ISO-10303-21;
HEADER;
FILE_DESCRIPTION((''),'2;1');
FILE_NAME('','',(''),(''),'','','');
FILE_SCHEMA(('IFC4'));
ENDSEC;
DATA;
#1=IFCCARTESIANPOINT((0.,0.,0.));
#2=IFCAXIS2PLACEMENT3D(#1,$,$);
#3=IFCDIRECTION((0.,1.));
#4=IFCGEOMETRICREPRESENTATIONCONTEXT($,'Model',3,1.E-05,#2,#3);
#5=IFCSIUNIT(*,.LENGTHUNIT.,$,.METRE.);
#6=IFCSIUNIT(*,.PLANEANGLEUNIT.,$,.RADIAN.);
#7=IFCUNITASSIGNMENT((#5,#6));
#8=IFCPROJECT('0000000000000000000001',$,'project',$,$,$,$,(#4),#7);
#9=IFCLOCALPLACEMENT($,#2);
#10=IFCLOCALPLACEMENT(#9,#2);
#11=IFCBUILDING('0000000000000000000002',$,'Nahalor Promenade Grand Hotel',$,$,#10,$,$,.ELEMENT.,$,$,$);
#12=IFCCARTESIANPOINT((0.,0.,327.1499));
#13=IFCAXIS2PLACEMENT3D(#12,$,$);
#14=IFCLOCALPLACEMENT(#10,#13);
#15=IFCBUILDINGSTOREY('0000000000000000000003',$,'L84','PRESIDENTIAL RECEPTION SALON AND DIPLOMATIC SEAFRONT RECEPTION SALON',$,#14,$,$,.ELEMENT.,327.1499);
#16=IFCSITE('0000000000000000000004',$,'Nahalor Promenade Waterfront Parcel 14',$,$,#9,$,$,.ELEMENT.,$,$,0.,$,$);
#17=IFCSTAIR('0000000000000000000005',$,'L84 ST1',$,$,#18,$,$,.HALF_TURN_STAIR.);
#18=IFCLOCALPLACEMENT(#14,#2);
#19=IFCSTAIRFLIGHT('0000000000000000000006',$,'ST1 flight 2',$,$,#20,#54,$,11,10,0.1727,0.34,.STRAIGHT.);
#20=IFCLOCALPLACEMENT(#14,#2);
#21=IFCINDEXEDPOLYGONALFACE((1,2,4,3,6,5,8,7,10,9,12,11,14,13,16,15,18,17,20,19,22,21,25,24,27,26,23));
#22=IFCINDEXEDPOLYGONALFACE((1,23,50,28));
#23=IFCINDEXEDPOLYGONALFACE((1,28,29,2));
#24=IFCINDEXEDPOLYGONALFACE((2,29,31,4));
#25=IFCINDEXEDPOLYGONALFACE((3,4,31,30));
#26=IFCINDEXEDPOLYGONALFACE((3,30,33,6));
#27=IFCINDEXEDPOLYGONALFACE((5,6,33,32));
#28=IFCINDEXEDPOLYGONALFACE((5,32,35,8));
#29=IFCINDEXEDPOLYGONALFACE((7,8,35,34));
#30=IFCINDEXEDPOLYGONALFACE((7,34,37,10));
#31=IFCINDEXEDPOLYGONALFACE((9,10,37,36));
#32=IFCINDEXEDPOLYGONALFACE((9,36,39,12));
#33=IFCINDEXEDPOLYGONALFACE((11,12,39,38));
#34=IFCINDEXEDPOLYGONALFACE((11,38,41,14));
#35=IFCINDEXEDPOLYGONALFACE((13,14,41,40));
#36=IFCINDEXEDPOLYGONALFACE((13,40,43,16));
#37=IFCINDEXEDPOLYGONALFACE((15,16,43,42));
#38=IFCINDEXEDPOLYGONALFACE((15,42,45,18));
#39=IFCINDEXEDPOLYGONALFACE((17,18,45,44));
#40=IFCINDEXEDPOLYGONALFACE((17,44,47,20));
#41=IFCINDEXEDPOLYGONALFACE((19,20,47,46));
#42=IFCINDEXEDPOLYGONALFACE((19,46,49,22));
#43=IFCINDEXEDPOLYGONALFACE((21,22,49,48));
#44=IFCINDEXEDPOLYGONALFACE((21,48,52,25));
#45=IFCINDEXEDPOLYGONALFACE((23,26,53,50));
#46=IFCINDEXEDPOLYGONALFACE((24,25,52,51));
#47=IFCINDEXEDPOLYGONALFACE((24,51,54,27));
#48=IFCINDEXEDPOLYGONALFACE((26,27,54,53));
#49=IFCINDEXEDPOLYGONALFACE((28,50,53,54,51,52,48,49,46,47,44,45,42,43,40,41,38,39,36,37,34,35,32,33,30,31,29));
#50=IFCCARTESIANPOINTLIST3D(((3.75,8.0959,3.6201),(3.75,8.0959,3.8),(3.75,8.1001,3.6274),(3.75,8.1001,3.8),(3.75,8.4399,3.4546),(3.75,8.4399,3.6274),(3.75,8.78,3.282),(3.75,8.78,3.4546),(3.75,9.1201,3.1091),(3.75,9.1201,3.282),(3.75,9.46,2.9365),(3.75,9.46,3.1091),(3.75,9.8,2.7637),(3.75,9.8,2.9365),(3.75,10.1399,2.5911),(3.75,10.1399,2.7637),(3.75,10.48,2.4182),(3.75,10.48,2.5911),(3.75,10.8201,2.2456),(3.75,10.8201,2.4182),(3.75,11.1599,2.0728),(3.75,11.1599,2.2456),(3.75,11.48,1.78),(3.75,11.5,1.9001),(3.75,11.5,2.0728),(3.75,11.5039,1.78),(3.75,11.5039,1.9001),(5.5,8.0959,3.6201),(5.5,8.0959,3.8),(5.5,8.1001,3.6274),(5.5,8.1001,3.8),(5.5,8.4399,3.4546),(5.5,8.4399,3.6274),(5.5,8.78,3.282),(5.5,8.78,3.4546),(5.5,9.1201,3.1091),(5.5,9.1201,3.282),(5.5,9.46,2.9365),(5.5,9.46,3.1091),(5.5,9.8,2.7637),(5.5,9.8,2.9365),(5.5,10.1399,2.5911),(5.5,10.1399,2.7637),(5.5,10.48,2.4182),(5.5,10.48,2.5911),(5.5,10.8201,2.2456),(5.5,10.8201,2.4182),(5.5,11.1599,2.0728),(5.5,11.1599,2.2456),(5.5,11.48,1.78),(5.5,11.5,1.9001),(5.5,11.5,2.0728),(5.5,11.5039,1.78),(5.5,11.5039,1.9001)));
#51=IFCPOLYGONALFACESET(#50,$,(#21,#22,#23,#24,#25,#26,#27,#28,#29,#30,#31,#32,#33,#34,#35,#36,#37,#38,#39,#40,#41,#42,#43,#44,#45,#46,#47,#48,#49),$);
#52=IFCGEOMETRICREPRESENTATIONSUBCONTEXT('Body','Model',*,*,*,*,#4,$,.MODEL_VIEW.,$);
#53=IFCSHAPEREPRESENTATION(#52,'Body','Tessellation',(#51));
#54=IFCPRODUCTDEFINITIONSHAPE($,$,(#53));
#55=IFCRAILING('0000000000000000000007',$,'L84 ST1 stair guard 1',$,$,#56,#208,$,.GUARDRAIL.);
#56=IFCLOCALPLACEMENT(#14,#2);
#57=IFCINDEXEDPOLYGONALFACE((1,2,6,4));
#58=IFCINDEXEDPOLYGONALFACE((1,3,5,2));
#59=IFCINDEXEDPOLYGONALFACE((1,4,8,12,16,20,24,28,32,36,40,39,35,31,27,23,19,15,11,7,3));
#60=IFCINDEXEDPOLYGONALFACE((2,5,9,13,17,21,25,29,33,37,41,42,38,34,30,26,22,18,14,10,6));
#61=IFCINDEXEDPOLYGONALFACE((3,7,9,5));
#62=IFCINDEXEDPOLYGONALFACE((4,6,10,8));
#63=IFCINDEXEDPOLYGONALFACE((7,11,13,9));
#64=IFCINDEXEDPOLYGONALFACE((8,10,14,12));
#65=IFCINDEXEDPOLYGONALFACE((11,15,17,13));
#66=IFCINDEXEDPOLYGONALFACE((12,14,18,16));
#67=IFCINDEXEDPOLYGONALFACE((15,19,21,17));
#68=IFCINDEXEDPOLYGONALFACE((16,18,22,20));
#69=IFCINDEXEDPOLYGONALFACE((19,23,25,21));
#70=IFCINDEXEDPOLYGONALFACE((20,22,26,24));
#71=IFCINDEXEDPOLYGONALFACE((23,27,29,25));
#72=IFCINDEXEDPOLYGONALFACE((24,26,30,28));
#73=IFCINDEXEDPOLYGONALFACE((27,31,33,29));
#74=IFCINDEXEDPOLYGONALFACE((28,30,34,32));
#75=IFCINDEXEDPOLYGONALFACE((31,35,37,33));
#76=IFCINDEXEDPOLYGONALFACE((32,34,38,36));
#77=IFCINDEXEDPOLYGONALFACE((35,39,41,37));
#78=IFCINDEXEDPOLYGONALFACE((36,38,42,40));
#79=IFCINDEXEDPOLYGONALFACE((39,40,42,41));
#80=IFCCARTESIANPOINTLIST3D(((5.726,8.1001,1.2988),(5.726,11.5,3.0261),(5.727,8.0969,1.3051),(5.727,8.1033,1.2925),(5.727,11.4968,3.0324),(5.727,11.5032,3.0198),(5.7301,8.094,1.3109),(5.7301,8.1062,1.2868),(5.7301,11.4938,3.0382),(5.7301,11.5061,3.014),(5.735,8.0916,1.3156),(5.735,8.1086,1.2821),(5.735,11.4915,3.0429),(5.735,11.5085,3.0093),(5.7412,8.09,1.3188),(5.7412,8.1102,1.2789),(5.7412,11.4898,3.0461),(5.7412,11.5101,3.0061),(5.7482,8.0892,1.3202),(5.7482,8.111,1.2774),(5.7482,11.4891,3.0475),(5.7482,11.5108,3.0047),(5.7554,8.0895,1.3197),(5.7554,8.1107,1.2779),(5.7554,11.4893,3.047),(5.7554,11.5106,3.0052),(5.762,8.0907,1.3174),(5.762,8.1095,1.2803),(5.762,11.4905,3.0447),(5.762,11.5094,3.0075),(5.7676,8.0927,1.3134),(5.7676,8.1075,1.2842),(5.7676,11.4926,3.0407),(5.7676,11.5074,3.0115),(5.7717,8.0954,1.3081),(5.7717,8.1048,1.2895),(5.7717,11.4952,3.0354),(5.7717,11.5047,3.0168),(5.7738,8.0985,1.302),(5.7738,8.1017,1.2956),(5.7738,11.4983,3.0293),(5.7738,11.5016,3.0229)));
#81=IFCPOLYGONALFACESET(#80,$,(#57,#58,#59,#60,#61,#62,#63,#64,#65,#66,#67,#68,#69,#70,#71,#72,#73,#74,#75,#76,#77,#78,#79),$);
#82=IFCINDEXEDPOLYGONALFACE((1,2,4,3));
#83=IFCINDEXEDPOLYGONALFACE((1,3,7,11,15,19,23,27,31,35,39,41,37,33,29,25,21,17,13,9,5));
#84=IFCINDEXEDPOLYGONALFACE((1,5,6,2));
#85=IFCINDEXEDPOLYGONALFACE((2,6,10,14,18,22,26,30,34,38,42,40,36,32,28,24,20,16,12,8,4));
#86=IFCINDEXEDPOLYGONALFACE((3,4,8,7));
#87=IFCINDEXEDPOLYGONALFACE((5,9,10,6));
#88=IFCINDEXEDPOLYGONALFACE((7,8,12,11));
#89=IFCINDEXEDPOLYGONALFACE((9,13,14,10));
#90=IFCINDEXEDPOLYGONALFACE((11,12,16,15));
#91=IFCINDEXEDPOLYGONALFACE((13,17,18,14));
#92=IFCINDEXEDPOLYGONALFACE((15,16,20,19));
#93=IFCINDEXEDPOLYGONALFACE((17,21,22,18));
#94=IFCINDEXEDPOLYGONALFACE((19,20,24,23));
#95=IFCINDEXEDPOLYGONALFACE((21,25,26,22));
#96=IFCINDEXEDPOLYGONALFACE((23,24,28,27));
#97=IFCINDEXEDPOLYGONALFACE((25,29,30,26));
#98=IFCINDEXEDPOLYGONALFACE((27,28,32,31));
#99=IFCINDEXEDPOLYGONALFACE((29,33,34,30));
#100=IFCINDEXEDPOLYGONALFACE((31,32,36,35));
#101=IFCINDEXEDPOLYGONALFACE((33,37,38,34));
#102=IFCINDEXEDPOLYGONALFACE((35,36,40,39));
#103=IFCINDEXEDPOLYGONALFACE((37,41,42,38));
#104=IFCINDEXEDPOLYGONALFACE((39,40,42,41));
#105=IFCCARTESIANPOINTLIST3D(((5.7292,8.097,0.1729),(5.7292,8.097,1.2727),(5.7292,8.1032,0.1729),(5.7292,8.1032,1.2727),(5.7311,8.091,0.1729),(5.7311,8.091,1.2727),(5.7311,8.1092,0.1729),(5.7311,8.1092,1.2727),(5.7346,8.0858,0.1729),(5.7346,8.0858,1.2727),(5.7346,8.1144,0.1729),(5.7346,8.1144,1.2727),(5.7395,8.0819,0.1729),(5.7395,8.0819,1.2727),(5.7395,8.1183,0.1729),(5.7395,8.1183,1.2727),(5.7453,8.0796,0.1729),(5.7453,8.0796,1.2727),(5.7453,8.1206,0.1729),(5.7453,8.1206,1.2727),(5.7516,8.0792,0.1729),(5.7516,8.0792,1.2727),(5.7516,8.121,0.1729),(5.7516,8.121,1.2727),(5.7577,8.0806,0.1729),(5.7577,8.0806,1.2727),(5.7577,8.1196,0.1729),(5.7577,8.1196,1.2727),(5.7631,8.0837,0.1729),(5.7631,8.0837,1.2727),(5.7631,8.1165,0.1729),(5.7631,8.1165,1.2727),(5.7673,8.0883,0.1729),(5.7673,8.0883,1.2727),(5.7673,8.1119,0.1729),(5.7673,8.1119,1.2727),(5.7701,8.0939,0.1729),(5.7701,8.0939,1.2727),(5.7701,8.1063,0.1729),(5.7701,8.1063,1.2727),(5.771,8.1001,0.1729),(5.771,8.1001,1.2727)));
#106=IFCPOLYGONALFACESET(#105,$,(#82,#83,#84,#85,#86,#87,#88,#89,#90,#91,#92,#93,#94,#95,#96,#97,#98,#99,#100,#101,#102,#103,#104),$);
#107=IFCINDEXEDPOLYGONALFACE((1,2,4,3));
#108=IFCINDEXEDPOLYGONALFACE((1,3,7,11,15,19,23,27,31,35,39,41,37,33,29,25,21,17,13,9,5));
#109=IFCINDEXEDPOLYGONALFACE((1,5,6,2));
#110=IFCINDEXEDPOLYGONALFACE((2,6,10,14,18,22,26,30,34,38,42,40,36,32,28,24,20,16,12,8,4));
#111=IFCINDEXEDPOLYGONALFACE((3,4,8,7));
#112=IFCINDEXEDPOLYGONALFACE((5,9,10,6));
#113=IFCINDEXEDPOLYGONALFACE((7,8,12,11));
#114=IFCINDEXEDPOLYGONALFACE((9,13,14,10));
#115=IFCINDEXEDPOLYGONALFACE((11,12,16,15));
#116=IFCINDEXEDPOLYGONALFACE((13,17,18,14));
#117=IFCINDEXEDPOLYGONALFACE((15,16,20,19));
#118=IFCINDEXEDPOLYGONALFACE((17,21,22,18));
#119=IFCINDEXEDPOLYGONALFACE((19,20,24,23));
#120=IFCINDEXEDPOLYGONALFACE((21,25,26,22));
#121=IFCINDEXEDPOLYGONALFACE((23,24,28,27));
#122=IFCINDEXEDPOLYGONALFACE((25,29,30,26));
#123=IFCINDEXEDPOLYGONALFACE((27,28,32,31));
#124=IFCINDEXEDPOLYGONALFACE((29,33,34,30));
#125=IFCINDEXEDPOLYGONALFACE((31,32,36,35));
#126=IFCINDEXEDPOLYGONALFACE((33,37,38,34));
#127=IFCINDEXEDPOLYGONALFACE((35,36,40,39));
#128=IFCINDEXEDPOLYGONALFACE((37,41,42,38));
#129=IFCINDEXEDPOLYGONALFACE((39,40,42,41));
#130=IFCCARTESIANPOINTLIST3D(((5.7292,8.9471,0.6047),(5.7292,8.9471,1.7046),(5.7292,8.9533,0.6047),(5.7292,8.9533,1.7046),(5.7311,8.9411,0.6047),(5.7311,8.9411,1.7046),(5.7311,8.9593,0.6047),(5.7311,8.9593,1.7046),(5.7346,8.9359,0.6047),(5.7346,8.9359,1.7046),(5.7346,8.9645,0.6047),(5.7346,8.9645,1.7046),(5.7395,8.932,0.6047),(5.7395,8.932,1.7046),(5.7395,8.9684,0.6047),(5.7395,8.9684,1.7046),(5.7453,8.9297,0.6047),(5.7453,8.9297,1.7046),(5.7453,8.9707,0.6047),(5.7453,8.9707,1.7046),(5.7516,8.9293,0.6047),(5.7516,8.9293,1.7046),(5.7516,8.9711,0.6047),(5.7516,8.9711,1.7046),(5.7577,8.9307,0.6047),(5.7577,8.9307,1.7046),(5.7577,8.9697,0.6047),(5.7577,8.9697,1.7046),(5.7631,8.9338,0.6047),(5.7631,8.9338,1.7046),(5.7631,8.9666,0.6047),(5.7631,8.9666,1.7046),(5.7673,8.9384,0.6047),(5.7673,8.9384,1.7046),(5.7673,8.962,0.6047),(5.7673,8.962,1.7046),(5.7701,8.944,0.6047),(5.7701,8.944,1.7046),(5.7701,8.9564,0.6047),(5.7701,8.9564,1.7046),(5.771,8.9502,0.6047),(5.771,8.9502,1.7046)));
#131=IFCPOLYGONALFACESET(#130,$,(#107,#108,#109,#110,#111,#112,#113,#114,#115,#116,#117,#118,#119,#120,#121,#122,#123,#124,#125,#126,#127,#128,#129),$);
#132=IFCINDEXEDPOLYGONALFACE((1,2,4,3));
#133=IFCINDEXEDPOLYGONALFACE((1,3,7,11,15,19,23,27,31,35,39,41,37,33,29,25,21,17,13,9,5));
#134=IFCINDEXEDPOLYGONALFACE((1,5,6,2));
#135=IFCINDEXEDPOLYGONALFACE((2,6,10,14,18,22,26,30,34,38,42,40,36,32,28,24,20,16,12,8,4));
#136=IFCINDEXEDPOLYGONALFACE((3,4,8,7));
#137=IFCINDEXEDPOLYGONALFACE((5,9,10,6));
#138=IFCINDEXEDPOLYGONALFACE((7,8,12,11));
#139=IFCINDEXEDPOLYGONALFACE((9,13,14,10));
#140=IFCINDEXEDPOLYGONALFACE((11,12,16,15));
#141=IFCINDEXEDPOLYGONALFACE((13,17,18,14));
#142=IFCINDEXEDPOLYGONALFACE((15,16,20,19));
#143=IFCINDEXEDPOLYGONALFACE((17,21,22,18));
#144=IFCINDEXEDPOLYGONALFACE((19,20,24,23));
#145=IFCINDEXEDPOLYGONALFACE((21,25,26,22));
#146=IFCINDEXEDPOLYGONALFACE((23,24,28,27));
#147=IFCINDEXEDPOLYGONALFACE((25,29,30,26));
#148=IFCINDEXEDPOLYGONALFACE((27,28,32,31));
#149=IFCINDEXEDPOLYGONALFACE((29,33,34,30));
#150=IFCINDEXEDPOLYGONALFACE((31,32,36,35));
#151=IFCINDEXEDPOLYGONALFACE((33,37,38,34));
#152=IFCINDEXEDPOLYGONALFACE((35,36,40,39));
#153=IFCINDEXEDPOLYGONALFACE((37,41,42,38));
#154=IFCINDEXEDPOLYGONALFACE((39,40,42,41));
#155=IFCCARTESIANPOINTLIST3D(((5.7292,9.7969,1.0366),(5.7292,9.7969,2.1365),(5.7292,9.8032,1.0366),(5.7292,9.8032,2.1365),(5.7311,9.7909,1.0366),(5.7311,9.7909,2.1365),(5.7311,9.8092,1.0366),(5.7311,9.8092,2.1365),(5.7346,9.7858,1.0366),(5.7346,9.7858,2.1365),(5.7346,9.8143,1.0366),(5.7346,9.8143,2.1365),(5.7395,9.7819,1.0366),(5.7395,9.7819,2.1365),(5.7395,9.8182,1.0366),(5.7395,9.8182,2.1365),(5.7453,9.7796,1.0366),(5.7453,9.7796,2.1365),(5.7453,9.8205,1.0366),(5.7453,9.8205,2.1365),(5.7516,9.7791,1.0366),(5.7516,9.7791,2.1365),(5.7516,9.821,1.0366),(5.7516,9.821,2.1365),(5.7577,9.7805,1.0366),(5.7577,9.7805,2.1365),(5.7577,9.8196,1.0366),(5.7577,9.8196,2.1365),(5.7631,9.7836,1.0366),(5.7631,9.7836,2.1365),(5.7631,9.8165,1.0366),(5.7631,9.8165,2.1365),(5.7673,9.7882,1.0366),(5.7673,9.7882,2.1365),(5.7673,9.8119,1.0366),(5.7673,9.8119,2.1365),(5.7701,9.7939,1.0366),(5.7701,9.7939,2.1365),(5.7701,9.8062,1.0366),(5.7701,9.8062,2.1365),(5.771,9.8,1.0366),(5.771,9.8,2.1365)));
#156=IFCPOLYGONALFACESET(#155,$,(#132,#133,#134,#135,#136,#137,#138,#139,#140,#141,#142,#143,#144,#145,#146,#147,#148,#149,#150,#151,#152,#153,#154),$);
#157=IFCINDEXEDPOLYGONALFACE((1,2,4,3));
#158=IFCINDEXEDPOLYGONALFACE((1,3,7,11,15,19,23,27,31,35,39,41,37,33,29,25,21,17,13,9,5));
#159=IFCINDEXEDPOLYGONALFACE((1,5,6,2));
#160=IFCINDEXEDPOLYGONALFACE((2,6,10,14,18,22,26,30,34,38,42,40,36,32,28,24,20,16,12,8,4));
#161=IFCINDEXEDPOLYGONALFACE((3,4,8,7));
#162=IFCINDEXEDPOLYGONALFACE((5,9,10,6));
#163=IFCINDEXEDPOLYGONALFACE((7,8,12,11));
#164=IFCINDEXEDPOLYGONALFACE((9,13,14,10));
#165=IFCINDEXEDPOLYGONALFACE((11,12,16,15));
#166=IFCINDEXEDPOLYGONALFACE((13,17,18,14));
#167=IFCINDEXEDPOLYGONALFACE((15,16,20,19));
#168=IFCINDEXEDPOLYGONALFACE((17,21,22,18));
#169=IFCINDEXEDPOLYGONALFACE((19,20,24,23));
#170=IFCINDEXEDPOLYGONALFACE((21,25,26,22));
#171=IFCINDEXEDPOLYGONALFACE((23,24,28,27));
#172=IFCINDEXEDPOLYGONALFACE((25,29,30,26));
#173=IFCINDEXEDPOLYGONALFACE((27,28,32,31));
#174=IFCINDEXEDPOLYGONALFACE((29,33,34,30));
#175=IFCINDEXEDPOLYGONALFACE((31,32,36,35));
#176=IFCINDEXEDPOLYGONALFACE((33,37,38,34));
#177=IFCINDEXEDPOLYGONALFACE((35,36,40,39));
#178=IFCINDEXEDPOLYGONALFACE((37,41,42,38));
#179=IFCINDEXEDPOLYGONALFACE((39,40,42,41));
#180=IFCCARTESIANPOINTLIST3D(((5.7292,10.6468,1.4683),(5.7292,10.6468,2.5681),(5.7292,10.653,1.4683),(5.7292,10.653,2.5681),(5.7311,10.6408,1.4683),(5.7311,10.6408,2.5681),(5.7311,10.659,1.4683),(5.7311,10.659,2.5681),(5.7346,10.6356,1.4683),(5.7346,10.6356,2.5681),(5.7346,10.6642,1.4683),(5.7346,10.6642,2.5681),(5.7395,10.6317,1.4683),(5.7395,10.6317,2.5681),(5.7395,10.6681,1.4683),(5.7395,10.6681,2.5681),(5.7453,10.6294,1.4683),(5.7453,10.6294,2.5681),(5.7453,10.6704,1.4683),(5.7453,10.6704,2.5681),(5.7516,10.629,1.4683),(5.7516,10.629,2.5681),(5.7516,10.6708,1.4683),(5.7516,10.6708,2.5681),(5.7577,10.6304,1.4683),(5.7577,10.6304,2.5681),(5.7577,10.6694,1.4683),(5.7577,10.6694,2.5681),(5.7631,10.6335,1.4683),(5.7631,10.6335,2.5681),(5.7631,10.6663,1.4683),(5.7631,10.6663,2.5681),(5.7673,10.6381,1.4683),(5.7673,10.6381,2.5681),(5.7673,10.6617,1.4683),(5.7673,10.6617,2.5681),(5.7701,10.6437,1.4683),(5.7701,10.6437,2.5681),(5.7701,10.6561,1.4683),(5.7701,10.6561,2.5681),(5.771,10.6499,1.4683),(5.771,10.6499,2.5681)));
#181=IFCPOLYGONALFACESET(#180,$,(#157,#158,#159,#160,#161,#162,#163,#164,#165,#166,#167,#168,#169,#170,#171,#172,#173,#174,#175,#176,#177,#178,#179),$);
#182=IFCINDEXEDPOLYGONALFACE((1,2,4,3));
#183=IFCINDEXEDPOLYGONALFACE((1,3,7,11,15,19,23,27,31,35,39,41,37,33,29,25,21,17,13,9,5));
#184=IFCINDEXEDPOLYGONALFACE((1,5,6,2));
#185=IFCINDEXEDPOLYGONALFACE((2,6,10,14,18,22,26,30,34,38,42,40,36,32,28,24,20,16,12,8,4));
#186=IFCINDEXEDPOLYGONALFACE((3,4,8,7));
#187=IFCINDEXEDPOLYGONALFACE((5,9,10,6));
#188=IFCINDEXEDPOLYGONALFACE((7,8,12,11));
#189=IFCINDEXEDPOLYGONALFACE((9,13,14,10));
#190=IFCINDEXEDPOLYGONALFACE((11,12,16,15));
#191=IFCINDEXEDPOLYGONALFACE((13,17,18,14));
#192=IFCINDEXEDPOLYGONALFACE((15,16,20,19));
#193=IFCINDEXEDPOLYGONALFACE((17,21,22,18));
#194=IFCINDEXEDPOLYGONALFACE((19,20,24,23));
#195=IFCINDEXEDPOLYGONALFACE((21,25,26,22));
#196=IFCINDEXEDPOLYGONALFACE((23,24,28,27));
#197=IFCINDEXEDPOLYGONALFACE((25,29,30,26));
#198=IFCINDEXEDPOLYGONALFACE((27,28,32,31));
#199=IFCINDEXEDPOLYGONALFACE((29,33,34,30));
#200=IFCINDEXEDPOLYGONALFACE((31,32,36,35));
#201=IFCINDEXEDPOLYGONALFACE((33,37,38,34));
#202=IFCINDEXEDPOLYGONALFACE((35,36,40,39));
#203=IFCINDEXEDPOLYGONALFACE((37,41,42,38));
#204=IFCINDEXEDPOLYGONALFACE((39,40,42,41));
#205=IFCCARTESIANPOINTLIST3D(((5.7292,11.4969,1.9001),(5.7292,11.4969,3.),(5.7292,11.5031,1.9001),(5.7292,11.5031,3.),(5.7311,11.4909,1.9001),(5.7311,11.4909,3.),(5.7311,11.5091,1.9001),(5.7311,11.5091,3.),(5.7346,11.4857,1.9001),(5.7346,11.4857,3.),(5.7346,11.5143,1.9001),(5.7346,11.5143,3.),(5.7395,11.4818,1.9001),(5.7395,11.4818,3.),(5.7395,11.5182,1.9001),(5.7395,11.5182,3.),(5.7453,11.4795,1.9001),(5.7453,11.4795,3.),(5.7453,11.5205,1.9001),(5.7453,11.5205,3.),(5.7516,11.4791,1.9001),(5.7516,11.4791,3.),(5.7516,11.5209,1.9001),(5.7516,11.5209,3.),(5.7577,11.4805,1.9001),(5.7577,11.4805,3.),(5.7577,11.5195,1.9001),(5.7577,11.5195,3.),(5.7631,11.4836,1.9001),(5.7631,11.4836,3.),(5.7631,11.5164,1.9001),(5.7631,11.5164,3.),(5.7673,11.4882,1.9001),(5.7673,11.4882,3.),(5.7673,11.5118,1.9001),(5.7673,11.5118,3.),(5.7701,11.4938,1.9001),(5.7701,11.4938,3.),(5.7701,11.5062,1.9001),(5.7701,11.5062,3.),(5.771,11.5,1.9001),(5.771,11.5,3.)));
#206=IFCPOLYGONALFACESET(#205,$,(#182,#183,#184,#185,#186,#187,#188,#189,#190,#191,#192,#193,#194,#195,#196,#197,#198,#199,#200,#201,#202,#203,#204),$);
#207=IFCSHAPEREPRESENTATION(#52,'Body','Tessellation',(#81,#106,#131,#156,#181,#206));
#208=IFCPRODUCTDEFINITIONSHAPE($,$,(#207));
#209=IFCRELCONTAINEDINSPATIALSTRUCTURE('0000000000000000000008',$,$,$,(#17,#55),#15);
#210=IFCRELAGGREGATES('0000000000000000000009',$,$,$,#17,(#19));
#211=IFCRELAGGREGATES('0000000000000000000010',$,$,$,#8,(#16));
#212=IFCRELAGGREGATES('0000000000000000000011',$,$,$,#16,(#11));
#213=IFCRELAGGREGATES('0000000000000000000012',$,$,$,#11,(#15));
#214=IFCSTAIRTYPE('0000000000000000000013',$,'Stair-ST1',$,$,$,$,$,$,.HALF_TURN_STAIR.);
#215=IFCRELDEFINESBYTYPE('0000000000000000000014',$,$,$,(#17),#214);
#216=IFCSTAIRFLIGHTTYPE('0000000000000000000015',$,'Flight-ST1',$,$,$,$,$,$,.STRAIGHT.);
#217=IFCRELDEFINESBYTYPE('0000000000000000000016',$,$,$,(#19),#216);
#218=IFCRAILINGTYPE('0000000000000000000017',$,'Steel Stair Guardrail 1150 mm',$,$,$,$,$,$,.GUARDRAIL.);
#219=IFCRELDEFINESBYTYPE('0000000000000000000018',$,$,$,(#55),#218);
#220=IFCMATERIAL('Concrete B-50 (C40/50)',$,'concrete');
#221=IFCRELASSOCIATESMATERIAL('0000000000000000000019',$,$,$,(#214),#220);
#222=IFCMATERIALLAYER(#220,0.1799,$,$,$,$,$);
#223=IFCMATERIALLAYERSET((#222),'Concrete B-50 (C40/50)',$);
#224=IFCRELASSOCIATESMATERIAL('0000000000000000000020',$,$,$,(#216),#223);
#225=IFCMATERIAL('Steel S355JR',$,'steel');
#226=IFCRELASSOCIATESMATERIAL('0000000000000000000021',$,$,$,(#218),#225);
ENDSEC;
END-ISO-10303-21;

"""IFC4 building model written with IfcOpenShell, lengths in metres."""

from ifc_helpers import new_model, si_unit, direction, frame, origin, origin_2d, place, context, subcontext, project, spatial, polyline, circle, outline, extrude, source, transform, mapped, material, layer, layer_set, type_object, element, aggregate, save


model = new_model("IFC4")

# Units and contexts
model_context = context("Model", 3, precision=1e-05, world=origin(), true_north=direction((0.0, 1.0)))
body_context = subcontext(model_context, "Body", "Model", "MODEL_VIEW")
ifc_project = project(units=[si_unit("LENGTHUNIT", "METRE"), si_unit("PLANEANGLEUNIT", "RADIAN")], contexts=[model_context])

# Site, building, storey
site_placement = place(None, origin())
site = spatial("IfcSite", under=ifc_project, at=site_placement, Name="Nahalor Promenade Waterfront Parcel 14", CompositionType="ELEMENT", RefElevation=0.0)
building_placement = place(site_placement, origin())
building = spatial("IfcBuilding", under=site, at=building_placement, Name="Nahalor Promenade Grand Hotel", CompositionType="ELEMENT")
storey_placement = place(building_placement, frame((0.0, 0.0, 327.1499)))
storey = spatial("IfcBuildingStorey", under=building, at=storey_placement, Name="L84", Description="PRESIDENTIAL RECEPTION SALON AND DIPLOMATIC SEAFRONT RECEPTION SALON", CompositionType="ELEMENT", Elevation=327.1499)

# Shared definitions
ifc_material_1 = material(Name="Steel S355JR", Category="steel")

# Shared definitions
ifc_material_2 = material(Name="Concrete B-50 (C40/50)", Category="concrete")

# Stair, stair flight
stair_type = type_object("IfcStairType", Name="Stair-ST1", PredefinedType="HALF_TURN_STAIR", material=ifc_material_2)
stair_placement = place(storey_placement, origin())
stair = element("IfcStair", 1, at=stair_placement, inside=storey, type_object=stair_type, Name="L84 ST1", PredefinedType="HALF_TURN_STAIR")
ifc_layer_1 = layer(ifc_material_2, 0.1799)
ifc_layer_set_1 = layer_set([ifc_layer_1], Name="Concrete B-50 (C40/50)")
stair_flight_type = type_object("IfcStairFlightType", Name="Flight-ST1", PredefinedType="STRAIGHT", material=ifc_layer_set_1)
shared_shape_1 = source(origin(), body_context, "Body", "SweptSolid", [
    extrude(outline(polyline([(-0.0039, -0.1201), (-0.0039, 0.0), (0.0, 0.0), (0.0, 0.1726), (0.3401, 0.1726), (0.3401, 0.3455), (0.6799, 0.3455), (0.6799, 0.5181), (1.02, 0.5181), (1.02, 0.6909), (1.3601, 0.6909), (1.3601, 0.8635), (1.7, 0.8635), (1.7, 1.0364), (2.04, 1.0364), (2.04, 1.209), (2.3799, 1.209), (2.3799, 1.3818), (2.72, 1.3818), (2.72, 1.5544), (3.0601, 1.5544), (3.0601, 1.7273), (3.3999, 1.7273), (3.3999, 1.8999), (3.4041, 1.8999), (3.4041, 1.72), (0.02, -0.1201), (-0.0039, -0.1201)])), frame((0.0, 0.875, 0.0), z_axis=(0.0, -1.0, 0.0), x_axis=(1.0, 0.0, 0.0)), (0.0, 0.0, 1.0), 1.75),
])
stair_flight_1_placement = place(storey_placement, frame((4.625, 11.5, 1.9001), z_axis=(0.0, 0.0, 1.0), x_axis=(0.0, -1.0, 0.0)))
stair_flight_1 = element("IfcStairFlight", 2, at=stair_flight_1_placement, type_object=stair_flight_type, Name="ST1 flight 2", NumberOfRisers=11, NumberOfTreads=10, PredefinedType="STRAIGHT", RiserHeight=0.1727, TreadLength=0.34, context=body_context, shape_type="MappedRepresentation", body=[
    mapped(shared_shape_1, transform((0.0, 0.0, 0.0), scale=1.0)),
])
aggregate(stair, [stair_flight_1])

# Railing
railing_type_1 = type_object("IfcRailingType", Name="Steel Stair Guardrail 1150 mm", PredefinedType="GUARDRAIL", material=ifc_material_1)
railing_1_placement = place(storey_placement, frame((5.75, 8.1001, 0.1729)))
element("IfcRailing", 3, at=railing_1_placement, inside=storey, type_object=railing_type_1, Name="L84 ST1 stair guard 1", PredefinedType="GUARDRAIL", context=body_context, shape_type="SweptSolid", body=[
    extrude(circle(Radius=0.024, at=origin_2d()), frame((0.0, 0.0, 1.126), z_axis=(0.0, 0.891541, 0.452941), x_axis=(-1.0, 0.0, 0.0)), (0.0, 0.0, 1.0), 3.8135),
    extrude(circle(Radius=0.021, at=origin_2d()), origin(), (0.0, 0.0, 1.0), 1.0999),
    extrude(circle(Radius=0.021, at=origin_2d()), frame((0.0, 0.8501, 0.4319)), (0.0, 0.0, 1.0), 1.0999),
    extrude(circle(Radius=0.021, at=origin_2d()), frame((0.0, 1.7, 0.8638)), (0.0, 0.0, 1.0), 1.0999),
    extrude(circle(Radius=0.021, at=origin_2d()), frame((0.0, 2.5498, 1.2954)), (0.0, 0.0, 1.0), 1.0999),
    extrude(circle(Radius=0.021, at=origin_2d()), frame((0.0, 3.3999, 1.7273)), (0.0, 0.0, 1.0), 1.0999),
])

save(model, "model.ifc")
